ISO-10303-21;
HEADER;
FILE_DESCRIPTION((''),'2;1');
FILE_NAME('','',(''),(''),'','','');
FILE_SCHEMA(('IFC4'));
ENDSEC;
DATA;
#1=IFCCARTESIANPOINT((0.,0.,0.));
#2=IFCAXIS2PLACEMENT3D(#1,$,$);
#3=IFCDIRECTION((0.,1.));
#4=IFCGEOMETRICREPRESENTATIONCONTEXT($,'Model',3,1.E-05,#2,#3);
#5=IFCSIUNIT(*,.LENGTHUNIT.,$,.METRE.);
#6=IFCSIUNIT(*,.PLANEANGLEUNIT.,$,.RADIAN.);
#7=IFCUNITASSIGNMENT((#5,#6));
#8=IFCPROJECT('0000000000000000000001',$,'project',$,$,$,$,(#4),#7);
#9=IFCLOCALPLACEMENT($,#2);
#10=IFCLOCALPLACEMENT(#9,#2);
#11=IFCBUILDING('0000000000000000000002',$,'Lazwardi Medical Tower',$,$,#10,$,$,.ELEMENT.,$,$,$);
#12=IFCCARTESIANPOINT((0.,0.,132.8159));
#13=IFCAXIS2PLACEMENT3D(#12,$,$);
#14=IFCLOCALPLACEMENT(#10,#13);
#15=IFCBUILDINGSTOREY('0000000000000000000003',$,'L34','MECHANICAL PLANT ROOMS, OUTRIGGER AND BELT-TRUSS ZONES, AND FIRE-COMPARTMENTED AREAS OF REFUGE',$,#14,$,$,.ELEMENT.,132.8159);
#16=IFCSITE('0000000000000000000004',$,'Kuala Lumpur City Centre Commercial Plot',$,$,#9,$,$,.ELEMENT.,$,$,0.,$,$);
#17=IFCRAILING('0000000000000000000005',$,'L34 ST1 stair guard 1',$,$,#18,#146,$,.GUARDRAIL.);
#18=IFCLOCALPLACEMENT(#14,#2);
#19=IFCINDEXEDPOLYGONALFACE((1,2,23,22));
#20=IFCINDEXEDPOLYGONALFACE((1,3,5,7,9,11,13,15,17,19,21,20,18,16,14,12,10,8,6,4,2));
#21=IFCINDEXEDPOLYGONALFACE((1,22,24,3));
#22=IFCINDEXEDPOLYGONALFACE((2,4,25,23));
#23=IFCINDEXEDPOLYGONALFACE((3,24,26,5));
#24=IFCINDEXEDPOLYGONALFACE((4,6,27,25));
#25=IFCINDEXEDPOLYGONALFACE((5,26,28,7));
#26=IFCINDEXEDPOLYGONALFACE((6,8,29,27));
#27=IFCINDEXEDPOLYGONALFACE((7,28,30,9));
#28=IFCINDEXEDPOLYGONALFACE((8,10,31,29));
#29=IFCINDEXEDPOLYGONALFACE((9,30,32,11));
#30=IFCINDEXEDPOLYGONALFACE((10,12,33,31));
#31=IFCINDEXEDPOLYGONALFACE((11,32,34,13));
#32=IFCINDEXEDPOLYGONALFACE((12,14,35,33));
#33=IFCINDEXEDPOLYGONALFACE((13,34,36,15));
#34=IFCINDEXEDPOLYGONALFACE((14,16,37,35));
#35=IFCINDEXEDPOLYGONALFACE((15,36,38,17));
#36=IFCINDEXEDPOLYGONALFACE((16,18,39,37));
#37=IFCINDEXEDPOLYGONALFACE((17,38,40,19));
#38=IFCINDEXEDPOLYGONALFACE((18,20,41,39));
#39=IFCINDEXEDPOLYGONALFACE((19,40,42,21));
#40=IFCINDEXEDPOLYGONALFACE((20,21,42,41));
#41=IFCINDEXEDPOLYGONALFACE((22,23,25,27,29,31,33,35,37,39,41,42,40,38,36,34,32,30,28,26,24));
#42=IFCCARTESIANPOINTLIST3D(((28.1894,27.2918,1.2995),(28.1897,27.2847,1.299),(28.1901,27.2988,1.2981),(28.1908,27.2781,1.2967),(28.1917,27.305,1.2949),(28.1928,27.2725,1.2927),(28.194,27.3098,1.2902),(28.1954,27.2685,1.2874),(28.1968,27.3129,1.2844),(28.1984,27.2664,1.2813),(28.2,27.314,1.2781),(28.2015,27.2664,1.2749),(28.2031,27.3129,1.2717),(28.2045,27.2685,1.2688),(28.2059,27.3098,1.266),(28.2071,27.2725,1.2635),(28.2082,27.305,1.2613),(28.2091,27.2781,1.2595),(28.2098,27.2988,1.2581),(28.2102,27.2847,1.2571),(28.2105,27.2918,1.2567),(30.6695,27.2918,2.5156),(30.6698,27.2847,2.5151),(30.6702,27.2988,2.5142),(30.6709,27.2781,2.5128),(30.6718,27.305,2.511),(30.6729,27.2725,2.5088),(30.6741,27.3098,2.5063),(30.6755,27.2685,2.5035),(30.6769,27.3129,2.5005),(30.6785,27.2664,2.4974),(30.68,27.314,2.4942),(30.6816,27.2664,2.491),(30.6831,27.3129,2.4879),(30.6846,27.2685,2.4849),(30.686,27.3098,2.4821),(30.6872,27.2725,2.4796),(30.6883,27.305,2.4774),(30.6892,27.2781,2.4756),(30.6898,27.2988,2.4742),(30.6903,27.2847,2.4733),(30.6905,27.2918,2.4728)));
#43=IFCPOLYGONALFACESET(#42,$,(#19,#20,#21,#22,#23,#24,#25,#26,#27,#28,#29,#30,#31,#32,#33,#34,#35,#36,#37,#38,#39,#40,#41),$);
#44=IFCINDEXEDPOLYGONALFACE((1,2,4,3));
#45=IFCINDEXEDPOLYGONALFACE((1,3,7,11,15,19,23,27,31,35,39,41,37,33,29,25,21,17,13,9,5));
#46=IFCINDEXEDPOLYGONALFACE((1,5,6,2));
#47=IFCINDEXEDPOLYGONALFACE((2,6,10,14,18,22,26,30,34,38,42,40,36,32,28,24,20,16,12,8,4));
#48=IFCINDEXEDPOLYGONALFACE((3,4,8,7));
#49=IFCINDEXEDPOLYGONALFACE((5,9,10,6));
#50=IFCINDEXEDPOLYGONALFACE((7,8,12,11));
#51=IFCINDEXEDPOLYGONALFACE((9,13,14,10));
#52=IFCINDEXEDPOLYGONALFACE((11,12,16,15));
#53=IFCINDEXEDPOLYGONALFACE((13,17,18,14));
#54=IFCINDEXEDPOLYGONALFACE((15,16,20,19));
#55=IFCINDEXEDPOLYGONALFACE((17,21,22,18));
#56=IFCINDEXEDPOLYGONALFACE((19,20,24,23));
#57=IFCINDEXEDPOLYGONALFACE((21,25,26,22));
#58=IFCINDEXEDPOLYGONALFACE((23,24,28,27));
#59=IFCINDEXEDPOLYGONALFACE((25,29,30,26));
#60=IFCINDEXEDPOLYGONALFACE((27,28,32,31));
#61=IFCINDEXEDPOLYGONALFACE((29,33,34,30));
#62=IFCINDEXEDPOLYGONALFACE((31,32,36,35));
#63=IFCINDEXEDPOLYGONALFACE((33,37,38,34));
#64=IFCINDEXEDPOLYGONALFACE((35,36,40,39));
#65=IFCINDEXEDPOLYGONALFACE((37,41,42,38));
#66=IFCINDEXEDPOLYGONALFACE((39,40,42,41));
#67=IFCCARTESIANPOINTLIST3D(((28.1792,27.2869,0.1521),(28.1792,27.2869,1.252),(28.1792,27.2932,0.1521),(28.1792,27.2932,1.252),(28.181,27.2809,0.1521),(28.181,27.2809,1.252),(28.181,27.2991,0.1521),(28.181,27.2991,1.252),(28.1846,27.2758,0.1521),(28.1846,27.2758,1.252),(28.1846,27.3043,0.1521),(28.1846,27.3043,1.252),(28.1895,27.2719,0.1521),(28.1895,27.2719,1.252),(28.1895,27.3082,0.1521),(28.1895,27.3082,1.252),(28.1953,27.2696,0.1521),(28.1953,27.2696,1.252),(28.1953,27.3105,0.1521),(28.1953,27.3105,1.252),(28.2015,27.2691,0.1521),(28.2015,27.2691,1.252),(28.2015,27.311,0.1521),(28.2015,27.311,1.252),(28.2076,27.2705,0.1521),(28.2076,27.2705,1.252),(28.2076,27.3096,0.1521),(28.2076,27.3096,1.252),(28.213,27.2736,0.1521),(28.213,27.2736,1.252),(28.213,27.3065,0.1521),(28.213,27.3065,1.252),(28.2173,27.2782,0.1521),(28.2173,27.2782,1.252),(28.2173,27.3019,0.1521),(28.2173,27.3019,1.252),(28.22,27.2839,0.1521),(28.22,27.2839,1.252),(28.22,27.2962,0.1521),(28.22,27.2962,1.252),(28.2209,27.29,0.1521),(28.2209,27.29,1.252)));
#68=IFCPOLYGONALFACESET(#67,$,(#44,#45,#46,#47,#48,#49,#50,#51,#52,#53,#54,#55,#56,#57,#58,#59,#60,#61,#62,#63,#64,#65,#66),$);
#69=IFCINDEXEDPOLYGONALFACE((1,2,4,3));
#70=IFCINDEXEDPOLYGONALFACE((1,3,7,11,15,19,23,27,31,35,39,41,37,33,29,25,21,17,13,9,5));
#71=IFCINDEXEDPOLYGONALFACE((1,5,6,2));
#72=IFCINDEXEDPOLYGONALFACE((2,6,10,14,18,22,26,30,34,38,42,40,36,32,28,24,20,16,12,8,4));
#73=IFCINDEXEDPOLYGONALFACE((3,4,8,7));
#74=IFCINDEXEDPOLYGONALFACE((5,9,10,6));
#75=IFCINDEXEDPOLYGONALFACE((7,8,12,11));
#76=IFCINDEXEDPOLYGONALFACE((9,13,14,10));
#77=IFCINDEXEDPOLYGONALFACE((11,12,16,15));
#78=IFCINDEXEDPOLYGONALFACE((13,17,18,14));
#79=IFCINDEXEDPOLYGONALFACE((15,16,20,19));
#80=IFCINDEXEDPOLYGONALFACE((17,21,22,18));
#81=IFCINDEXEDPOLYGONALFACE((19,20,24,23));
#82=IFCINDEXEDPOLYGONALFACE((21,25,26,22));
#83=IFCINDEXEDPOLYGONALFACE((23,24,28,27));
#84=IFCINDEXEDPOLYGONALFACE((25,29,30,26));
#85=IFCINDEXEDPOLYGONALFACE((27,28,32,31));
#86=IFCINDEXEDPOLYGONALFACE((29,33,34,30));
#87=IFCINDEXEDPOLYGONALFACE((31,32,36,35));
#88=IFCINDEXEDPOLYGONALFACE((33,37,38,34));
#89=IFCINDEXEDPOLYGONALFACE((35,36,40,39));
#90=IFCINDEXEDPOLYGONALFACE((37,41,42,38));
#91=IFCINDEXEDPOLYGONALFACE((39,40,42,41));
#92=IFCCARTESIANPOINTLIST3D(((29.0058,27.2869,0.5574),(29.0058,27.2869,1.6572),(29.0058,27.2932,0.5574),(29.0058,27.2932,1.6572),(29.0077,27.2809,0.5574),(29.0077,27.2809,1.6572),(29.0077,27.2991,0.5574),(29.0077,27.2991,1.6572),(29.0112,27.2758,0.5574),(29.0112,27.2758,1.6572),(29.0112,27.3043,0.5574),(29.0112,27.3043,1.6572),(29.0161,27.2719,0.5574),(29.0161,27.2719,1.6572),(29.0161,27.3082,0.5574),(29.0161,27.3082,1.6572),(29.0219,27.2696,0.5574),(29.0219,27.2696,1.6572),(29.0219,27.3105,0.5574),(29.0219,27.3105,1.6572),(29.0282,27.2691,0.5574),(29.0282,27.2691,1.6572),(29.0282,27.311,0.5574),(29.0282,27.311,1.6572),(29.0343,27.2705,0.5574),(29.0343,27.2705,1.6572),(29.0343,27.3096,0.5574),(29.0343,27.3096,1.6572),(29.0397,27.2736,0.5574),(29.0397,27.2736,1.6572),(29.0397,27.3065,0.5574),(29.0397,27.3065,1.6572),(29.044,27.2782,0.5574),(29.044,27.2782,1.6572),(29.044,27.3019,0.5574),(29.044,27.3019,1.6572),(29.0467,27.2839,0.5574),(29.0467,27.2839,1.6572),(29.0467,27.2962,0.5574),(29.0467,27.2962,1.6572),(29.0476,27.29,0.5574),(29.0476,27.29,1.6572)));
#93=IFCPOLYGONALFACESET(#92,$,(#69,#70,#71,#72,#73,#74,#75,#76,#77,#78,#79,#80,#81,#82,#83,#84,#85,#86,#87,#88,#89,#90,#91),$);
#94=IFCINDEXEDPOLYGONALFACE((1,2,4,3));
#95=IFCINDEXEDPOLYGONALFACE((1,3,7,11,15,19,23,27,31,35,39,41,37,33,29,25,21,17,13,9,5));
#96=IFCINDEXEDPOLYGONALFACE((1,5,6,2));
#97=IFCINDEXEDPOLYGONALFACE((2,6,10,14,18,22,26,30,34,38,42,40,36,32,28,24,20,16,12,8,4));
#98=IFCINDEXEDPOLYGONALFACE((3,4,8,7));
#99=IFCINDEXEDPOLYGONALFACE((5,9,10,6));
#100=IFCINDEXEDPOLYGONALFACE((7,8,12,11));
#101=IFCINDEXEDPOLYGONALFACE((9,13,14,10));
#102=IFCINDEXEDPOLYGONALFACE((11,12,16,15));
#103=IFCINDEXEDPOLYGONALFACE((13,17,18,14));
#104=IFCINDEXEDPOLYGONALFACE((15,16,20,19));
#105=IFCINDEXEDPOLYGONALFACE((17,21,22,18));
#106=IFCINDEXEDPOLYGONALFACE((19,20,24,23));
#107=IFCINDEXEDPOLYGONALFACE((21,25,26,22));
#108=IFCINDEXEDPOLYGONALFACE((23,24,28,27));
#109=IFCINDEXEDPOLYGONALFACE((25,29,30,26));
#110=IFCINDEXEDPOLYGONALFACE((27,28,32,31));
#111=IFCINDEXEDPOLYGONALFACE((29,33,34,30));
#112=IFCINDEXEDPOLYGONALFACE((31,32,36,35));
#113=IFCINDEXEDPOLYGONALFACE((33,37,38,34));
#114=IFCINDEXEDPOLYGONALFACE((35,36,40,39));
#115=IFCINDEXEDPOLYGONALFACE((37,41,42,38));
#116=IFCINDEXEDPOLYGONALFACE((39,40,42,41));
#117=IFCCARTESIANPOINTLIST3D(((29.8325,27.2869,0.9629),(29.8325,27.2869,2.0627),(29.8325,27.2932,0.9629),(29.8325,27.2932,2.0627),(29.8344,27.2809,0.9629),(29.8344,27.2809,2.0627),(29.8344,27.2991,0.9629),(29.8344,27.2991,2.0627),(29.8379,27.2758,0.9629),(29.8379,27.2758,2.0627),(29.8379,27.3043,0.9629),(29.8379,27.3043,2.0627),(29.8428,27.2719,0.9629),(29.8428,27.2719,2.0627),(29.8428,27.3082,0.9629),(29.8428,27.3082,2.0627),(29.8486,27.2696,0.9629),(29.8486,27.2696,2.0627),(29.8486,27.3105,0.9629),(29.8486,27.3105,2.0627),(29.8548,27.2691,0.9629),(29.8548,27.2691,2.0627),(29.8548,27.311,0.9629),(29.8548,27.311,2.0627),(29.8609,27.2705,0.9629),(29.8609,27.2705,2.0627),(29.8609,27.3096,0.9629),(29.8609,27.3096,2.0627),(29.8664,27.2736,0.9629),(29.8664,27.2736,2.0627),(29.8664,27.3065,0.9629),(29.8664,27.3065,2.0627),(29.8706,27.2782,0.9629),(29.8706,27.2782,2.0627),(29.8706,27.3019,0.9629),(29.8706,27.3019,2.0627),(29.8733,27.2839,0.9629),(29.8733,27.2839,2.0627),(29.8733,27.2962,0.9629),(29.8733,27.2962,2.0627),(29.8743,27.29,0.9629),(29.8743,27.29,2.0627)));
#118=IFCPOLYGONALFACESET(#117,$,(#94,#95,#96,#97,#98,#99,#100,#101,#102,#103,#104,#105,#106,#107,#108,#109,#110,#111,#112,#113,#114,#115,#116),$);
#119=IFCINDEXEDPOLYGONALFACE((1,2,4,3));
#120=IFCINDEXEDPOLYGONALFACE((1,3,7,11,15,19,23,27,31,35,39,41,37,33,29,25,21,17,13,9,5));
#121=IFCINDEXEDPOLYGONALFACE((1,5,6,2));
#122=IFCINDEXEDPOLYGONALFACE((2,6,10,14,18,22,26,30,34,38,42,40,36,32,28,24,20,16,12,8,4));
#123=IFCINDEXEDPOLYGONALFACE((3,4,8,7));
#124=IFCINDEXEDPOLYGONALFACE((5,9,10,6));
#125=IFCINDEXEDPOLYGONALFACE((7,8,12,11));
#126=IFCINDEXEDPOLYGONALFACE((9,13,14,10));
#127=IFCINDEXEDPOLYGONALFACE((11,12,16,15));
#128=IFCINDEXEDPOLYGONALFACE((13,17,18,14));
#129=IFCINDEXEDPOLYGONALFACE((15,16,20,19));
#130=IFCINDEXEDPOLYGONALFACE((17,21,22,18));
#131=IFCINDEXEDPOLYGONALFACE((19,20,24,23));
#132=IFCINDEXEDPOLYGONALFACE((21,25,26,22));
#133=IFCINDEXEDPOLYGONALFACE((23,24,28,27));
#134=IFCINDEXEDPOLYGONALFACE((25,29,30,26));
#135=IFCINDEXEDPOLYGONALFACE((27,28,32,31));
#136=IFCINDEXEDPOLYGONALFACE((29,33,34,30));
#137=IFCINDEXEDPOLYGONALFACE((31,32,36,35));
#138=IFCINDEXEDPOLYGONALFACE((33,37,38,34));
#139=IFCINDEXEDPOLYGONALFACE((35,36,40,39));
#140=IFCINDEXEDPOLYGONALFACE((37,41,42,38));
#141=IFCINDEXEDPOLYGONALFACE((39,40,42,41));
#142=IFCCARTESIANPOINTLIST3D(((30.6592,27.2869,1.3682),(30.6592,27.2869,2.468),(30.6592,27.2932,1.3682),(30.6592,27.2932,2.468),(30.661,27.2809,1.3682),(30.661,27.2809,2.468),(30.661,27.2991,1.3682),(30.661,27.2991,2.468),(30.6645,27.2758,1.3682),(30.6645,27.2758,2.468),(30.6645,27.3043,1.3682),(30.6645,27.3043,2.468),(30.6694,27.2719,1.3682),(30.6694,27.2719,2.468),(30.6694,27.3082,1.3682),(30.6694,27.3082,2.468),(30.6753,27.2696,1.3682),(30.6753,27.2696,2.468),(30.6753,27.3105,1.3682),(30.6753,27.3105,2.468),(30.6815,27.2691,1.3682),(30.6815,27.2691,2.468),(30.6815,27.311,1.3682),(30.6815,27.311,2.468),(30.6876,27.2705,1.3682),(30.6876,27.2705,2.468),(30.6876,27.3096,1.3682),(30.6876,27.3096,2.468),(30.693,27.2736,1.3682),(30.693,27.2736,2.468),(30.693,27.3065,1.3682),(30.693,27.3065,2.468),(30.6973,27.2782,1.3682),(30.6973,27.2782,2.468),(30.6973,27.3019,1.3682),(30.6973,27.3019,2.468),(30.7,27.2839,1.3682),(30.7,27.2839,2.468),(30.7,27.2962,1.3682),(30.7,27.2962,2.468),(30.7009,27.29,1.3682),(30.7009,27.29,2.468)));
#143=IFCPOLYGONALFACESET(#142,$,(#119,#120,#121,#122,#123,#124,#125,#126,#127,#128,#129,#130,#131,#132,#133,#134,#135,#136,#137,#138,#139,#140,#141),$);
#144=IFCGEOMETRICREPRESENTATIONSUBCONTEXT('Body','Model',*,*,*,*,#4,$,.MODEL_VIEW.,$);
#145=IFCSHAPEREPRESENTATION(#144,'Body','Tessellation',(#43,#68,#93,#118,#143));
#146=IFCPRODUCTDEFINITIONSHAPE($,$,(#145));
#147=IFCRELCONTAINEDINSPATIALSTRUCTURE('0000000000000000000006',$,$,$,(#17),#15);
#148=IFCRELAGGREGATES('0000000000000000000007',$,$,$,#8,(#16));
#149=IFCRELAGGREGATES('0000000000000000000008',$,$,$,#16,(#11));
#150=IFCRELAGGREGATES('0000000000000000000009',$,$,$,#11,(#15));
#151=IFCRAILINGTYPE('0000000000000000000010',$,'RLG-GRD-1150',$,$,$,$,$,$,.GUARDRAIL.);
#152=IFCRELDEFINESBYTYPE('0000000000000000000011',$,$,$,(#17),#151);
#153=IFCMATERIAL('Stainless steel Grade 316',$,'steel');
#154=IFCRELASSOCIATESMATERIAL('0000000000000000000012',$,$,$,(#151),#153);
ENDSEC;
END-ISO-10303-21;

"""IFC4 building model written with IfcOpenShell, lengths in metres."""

from ifc_helpers import new_model, si_unit, direction, frame, origin, origin_2d, place, context, subcontext, project, spatial, circle, extrude, material, type_object, element, save


model = new_model("IFC4")

# Units and contexts
model_context = context("Model", 3, precision=1e-05, world=origin(), true_north=direction((0.0, 1.0)))
body_context = subcontext(model_context, "Body", "Model", "MODEL_VIEW")
ifc_project = project(units=[si_unit("LENGTHUNIT", "METRE"), si_unit("PLANEANGLEUNIT", "RADIAN")], contexts=[model_context])

# Site, building, storey
site_placement = place(None, origin())
site = spatial("IfcSite", under=ifc_project, at=site_placement, Name="Kuala Lumpur City Centre Commercial Plot", CompositionType="ELEMENT", RefElevation=0.0)
building_placement = place(site_placement, origin())
building = spatial("IfcBuilding", under=site, at=building_placement, Name="Lazwardi Medical Tower", CompositionType="ELEMENT")
storey_placement = place(building_placement, frame((0.0, 0.0, 132.8159)))
storey = spatial("IfcBuildingStorey", under=building, at=storey_placement, Name="L34", Description="MECHANICAL PLANT ROOMS, OUTRIGGER AND BELT-TRUSS ZONES, AND FIRE-COMPARTMENTED AREAS OF REFUGE", CompositionType="ELEMENT", Elevation=132.8159)

# Railing
ifc_material_1 = material(Name="Stainless steel Grade 316", Category="steel")
railing_type_1 = type_object("IfcRailingType", Name="RLG-GRD-1150", PredefinedType="GUARDRAIL", material=ifc_material_1)
railing_1_placement = place(storey_placement, frame((28.2, 27.29, 0.1521)))
element("IfcRailing", 1, at=railing_1_placement, inside=storey, type_object=railing_type_1, Name="L34 ST1 stair guard 1", PredefinedType="GUARDRAIL", context=body_context, shape_type="SweptSolid", body=[
    extrude(circle(Radius=0.0239, at=origin_2d()), frame((0.0, 0.0, 1.126), z_axis=(0.897865, 0.0, 0.44027), x_axis=(0.0, 1.0, 0.0)), (0.0, 0.0, 1.0), 2.7622),
    extrude(circle(Radius=0.021, at=origin_2d()), origin(), (0.0, 0.0, 1.0), 1.0999),
    extrude(circle(Radius=0.021, at=origin_2d()), frame((0.8267, 0.0, 0.4053)), (0.0, 0.0, 1.0), 1.0999),
    extrude(circle(Radius=0.021, at=origin_2d()), frame((1.6533, 0.0, 0.8108)), (0.0, 0.0, 1.0), 1.0999),
    extrude(circle(Radius=0.021, at=origin_2d()), frame((2.48, 0.0, 1.2161)), (0.0, 0.0, 1.0), 1.0999),
])

save(model, "model.ifc")
